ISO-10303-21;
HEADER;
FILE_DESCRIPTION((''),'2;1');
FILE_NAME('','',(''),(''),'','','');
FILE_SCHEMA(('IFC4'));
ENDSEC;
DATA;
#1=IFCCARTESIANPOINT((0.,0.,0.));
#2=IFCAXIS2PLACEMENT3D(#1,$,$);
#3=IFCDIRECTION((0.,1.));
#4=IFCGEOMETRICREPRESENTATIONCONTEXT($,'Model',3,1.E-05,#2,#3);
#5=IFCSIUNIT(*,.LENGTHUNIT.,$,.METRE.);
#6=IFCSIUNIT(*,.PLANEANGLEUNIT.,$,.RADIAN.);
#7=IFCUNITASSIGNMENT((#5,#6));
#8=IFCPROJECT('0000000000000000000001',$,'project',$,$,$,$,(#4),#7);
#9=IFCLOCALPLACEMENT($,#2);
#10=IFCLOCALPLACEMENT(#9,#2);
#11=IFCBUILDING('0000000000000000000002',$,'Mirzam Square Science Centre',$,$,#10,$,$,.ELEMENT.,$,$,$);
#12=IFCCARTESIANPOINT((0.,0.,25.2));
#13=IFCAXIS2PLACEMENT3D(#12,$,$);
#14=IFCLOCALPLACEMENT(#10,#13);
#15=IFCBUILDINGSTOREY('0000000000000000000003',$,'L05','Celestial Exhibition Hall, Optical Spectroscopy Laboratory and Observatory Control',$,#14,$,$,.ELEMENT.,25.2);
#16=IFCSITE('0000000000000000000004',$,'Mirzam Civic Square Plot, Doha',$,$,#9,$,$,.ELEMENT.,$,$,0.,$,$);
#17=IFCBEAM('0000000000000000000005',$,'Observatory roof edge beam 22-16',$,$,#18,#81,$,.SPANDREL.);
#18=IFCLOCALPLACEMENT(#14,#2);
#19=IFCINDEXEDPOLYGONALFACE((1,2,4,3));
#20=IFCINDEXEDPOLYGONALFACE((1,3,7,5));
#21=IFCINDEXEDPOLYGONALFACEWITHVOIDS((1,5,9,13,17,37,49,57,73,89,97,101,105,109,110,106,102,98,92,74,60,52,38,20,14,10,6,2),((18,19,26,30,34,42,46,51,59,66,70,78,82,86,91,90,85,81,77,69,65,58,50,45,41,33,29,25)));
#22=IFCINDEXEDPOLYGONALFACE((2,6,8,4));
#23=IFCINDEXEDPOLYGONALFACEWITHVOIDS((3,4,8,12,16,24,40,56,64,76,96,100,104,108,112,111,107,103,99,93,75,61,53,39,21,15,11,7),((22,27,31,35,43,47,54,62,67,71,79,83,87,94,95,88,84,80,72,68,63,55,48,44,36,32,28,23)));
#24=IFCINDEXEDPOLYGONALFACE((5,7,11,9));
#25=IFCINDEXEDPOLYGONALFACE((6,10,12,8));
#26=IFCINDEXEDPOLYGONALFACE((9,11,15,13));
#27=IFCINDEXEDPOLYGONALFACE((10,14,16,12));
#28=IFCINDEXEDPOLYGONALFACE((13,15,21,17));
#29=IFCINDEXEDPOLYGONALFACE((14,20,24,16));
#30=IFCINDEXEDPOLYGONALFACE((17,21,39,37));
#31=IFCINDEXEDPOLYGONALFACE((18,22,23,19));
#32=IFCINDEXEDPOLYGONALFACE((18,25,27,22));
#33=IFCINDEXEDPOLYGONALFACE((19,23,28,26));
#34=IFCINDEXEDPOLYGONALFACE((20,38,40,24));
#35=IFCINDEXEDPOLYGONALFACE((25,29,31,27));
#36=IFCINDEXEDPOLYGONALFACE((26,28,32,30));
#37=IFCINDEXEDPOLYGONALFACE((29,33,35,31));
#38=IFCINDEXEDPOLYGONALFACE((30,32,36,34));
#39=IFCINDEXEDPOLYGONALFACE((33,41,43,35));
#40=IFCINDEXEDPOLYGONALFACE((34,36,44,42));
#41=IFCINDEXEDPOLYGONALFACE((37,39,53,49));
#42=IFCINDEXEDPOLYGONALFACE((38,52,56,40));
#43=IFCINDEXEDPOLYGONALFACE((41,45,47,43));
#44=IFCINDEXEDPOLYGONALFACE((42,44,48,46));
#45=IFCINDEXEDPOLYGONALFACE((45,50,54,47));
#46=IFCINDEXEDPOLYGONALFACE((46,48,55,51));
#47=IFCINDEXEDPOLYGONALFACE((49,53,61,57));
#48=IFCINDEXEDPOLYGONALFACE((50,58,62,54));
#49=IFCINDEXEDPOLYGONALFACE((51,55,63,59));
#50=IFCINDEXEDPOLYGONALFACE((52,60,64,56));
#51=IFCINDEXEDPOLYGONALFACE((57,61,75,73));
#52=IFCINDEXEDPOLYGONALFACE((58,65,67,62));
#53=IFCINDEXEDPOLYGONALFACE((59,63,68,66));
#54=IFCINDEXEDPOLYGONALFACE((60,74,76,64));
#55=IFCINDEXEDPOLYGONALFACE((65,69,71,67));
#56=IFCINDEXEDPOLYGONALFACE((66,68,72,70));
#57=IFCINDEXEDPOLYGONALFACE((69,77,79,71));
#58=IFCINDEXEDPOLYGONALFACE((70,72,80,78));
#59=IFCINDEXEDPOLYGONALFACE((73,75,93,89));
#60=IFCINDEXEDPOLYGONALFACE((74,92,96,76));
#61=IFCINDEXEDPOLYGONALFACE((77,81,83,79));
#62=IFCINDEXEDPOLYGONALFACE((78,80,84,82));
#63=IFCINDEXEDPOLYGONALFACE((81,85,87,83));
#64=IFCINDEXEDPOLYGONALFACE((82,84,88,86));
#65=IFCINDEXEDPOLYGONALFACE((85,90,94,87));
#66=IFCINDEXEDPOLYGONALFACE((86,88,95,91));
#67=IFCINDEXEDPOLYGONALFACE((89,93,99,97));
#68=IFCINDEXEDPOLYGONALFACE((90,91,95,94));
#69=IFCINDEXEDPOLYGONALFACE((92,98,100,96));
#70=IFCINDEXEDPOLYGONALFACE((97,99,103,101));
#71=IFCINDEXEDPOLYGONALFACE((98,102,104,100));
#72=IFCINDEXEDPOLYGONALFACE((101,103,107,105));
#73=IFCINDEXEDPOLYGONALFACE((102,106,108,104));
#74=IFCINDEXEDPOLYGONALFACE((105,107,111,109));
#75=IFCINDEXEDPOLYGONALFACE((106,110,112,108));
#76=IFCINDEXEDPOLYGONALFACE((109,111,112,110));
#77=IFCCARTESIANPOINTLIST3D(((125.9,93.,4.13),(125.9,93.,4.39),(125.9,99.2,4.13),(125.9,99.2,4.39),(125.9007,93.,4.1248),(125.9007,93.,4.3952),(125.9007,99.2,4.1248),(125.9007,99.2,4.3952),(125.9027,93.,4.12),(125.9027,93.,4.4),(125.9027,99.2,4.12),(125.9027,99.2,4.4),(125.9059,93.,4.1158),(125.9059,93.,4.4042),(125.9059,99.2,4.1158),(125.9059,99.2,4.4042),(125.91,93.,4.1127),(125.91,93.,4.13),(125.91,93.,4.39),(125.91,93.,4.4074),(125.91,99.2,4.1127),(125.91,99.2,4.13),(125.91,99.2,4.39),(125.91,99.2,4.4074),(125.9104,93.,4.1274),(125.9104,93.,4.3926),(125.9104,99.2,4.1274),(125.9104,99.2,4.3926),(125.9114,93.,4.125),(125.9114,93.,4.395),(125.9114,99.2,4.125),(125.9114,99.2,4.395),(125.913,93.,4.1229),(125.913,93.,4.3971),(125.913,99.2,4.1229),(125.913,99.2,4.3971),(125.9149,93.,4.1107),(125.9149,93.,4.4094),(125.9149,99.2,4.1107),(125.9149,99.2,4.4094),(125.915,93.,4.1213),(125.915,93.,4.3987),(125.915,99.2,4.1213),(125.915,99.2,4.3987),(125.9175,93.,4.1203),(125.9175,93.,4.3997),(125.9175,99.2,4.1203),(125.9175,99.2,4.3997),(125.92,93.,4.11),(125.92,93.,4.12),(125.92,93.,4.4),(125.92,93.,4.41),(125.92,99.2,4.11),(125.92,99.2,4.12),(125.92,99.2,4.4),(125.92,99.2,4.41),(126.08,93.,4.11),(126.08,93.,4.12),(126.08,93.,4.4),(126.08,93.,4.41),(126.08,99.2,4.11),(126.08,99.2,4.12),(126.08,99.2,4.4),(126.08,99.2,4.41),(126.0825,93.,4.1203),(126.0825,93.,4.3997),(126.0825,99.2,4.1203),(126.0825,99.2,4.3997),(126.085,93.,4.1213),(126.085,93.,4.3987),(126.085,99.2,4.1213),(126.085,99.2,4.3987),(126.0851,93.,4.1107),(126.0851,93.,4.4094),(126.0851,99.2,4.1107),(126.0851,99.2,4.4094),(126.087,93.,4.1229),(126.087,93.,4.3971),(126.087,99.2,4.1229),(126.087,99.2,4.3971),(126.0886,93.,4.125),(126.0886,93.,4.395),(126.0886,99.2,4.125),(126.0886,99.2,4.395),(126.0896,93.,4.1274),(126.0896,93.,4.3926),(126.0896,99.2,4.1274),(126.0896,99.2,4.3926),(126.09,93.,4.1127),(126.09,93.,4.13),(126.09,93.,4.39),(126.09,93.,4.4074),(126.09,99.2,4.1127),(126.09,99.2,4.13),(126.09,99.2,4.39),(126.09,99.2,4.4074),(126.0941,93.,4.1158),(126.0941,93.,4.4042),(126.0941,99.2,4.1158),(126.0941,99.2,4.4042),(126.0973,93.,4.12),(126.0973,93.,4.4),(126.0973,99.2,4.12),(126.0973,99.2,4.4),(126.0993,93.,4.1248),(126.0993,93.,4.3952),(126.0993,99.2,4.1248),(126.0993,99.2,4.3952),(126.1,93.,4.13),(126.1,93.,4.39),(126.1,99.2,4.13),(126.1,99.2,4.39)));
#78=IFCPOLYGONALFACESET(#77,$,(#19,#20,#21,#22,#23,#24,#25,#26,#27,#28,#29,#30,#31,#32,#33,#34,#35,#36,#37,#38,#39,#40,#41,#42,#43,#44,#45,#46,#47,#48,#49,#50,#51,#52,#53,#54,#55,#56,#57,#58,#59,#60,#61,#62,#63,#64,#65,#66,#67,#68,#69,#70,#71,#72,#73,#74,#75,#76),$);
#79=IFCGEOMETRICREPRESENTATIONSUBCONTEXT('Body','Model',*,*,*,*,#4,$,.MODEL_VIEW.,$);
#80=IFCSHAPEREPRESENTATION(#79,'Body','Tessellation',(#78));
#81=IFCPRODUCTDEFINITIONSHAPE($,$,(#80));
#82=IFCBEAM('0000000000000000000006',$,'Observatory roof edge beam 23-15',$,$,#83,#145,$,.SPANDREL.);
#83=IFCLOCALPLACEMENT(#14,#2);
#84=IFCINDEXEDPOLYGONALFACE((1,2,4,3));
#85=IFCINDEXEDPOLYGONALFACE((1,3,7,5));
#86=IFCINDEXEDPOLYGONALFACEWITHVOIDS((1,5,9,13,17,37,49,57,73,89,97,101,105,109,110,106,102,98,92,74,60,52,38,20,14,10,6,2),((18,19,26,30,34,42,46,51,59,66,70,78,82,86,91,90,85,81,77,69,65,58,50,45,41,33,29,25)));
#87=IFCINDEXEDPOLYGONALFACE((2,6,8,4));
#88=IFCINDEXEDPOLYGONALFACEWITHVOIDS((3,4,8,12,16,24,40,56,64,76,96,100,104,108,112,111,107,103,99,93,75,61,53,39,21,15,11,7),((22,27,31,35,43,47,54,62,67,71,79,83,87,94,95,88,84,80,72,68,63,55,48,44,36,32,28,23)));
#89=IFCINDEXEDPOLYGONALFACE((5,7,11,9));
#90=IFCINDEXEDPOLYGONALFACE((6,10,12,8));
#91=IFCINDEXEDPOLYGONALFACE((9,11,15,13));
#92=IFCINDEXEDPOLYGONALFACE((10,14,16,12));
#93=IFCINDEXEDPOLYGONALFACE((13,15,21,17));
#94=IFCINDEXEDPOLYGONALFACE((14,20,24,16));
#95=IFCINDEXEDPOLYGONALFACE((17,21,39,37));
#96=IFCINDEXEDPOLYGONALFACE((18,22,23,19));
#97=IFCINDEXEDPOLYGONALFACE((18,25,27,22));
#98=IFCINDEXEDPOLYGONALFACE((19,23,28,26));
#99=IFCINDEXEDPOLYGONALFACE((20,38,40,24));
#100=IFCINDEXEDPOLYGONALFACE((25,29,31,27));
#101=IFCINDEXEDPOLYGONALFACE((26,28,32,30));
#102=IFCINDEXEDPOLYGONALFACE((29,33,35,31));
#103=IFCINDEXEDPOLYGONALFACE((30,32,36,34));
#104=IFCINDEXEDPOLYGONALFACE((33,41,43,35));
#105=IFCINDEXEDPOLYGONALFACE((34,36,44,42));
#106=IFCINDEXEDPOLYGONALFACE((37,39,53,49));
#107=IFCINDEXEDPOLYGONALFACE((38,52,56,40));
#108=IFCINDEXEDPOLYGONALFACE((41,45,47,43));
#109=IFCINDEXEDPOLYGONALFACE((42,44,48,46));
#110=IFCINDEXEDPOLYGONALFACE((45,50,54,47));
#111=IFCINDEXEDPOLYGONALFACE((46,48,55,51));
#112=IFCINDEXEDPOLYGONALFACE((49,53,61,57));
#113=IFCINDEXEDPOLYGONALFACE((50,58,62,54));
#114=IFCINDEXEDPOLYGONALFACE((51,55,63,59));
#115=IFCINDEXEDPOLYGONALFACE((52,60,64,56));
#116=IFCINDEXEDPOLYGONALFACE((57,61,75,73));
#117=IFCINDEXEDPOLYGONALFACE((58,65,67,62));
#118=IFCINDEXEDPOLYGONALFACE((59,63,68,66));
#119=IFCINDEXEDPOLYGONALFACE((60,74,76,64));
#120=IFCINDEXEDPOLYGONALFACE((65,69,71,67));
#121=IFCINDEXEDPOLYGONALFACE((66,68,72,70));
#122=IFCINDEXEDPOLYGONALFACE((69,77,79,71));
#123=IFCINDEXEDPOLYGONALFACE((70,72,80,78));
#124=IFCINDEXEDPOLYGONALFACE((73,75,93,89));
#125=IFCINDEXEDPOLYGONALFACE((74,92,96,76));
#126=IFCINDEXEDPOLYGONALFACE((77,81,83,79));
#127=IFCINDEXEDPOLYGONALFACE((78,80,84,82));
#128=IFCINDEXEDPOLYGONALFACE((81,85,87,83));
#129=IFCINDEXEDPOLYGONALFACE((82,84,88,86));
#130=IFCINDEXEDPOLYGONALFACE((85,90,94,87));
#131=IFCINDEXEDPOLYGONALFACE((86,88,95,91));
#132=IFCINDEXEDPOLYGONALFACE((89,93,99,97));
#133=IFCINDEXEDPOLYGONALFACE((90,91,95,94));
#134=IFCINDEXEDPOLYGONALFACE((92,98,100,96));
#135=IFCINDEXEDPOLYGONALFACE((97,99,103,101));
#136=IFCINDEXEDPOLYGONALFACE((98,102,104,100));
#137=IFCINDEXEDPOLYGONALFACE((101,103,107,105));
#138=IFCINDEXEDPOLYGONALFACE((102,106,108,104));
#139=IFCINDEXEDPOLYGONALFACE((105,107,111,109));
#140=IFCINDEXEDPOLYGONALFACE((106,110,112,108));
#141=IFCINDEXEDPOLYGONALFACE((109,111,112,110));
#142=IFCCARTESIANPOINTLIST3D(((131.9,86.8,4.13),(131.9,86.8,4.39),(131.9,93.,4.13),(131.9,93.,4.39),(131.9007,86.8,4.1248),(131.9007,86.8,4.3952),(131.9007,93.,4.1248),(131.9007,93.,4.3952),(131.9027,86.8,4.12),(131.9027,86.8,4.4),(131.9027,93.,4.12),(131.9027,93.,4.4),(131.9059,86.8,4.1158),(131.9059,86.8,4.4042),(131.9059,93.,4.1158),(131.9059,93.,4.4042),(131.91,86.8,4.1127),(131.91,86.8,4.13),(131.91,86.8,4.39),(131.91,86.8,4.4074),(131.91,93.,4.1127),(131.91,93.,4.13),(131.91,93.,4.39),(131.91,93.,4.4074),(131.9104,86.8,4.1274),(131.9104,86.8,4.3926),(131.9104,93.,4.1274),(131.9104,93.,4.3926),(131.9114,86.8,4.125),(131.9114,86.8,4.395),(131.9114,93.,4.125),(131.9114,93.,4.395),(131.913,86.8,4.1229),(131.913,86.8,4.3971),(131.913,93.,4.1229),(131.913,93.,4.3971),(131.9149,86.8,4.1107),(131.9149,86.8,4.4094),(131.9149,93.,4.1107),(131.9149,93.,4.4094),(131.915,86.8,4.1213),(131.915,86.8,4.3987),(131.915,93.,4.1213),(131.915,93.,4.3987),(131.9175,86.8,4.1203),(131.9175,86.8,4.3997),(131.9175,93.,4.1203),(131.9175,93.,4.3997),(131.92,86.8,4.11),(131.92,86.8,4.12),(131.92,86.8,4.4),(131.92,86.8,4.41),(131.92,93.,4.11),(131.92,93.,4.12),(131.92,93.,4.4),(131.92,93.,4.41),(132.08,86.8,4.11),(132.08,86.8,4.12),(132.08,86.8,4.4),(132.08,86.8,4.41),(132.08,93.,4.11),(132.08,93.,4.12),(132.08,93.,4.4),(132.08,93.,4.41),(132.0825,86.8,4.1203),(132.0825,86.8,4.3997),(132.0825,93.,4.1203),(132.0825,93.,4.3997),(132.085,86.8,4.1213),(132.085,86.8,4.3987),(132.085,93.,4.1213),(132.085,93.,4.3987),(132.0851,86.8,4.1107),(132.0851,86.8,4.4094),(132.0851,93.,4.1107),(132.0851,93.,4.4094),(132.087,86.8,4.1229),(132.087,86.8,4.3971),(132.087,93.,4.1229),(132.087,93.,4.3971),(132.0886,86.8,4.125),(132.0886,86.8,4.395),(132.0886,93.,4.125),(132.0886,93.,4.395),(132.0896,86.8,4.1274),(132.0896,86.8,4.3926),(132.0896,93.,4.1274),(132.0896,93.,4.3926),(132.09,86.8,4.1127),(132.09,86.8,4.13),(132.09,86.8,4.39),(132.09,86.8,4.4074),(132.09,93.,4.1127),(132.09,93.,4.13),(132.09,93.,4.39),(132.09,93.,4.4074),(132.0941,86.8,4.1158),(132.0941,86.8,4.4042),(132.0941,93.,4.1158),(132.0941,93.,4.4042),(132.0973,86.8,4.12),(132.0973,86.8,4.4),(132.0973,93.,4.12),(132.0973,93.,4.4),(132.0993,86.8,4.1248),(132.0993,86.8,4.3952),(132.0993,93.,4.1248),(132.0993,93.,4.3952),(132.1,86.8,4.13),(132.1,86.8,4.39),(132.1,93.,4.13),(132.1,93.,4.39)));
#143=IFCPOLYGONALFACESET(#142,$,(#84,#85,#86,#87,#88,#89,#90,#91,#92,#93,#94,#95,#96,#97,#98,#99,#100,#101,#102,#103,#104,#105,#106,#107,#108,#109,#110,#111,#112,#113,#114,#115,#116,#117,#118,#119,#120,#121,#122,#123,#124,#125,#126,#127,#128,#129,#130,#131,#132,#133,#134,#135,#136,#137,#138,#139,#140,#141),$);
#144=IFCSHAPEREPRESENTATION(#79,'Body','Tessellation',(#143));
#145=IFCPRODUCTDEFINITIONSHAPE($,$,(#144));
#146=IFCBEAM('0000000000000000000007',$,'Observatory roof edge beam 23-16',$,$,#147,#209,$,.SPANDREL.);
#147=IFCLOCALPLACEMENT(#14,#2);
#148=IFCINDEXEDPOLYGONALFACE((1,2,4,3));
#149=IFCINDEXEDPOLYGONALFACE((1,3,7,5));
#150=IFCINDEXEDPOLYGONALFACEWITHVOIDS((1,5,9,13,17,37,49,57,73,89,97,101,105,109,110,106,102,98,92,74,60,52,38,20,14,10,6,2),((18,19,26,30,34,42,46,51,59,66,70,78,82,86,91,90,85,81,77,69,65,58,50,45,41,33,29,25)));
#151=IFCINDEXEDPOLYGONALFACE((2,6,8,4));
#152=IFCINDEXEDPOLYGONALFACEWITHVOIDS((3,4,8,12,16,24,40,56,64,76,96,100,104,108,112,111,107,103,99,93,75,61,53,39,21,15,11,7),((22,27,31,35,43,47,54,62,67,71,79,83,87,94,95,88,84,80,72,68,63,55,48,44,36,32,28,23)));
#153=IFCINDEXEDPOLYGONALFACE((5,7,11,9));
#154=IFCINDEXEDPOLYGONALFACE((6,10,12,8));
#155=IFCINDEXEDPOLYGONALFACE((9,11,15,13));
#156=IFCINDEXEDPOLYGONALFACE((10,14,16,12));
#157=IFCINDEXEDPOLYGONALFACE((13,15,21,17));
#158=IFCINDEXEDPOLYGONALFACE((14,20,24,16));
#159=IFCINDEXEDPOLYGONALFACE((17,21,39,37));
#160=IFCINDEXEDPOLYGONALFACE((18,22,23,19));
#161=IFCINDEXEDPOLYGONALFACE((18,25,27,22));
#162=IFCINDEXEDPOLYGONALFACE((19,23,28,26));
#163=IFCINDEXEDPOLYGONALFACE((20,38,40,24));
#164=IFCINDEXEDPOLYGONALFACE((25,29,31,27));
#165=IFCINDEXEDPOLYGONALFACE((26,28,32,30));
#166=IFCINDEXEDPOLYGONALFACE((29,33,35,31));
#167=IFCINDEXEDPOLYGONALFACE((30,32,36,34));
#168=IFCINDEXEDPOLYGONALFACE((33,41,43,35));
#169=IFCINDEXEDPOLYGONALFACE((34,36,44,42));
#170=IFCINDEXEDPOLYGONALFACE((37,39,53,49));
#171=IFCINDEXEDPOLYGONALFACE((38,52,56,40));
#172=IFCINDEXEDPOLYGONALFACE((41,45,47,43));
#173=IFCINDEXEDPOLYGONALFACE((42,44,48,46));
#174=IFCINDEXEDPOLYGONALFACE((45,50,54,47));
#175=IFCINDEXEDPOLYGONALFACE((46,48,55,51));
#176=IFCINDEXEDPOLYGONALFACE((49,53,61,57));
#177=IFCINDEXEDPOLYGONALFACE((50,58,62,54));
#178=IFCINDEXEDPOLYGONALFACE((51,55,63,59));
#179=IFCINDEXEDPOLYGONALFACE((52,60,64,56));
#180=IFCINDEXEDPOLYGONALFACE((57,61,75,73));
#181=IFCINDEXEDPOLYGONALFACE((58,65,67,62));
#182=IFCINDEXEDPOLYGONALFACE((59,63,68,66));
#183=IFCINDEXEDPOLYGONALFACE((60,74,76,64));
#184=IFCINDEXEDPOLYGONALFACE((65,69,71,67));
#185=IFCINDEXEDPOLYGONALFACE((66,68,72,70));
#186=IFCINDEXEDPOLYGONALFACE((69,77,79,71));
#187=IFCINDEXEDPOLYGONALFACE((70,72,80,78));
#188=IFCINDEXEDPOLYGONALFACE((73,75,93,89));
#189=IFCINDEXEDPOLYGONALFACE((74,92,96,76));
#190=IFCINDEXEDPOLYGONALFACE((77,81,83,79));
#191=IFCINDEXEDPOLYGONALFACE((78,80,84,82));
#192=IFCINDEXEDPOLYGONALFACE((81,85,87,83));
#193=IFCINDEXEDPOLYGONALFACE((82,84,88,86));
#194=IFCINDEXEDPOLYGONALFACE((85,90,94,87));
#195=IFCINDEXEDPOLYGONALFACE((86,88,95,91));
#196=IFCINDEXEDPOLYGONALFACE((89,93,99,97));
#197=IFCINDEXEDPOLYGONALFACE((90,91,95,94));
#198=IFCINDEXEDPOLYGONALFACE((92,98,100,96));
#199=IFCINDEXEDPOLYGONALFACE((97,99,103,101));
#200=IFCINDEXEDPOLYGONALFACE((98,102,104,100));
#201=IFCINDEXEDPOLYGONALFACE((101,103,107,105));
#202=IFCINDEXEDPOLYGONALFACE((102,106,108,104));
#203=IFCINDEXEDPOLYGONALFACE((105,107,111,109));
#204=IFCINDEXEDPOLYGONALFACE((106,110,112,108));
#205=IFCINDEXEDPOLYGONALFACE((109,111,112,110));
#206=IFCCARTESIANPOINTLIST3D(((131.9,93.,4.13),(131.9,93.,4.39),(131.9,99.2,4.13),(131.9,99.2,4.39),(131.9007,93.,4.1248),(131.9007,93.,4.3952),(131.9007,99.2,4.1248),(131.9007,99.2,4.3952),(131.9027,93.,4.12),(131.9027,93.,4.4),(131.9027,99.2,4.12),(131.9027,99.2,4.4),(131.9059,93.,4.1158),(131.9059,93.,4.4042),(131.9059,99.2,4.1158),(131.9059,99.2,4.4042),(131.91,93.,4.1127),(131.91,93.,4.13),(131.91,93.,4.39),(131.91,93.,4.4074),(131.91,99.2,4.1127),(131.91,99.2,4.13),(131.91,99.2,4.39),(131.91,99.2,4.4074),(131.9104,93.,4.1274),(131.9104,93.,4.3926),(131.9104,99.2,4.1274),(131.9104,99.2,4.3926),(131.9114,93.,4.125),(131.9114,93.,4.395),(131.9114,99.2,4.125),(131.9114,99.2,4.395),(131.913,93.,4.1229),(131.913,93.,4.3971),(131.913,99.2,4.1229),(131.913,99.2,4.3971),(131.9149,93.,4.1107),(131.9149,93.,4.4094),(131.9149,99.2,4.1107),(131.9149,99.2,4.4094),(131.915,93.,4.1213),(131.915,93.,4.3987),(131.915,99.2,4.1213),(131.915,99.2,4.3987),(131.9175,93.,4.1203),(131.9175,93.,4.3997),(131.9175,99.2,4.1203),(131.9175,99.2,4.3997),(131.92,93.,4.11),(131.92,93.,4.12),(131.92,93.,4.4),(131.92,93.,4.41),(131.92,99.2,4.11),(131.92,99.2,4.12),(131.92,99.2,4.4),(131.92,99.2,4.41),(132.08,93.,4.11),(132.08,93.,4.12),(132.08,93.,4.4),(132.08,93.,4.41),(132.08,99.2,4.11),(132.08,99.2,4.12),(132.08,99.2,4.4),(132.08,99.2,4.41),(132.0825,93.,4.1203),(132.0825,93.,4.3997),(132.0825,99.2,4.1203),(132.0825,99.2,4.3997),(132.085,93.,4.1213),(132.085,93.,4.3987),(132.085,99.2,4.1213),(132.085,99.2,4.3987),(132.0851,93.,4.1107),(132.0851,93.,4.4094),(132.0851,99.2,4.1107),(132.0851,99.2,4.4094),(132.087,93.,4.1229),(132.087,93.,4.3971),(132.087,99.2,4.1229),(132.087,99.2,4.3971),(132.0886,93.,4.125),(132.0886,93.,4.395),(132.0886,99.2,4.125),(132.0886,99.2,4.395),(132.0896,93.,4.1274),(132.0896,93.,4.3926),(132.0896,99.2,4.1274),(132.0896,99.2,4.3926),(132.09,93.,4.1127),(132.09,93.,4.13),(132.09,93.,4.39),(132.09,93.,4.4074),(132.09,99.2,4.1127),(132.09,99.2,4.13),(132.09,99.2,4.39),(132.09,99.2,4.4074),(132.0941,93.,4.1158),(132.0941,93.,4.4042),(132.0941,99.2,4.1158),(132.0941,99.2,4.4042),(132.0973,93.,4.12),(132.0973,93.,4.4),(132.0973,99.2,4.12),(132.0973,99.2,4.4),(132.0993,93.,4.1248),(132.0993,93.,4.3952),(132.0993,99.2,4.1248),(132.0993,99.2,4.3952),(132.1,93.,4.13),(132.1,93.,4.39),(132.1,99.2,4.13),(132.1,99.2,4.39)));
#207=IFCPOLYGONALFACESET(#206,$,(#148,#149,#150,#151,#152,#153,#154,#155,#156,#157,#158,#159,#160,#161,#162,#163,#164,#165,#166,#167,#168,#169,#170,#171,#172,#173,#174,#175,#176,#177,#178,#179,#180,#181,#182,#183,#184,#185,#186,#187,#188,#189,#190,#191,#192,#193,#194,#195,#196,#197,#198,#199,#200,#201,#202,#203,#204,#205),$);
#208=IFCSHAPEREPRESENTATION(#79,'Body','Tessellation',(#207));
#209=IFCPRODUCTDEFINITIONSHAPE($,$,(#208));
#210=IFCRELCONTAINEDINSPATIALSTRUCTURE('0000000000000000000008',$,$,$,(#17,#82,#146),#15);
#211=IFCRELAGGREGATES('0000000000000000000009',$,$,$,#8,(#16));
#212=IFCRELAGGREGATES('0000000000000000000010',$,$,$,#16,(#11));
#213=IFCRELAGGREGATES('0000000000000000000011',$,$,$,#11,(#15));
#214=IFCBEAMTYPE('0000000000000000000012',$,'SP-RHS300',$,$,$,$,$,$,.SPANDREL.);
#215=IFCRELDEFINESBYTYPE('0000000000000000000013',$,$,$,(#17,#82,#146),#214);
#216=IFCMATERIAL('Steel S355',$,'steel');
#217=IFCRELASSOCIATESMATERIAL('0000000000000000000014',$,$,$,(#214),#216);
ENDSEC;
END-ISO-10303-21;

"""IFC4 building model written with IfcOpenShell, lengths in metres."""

from ifc_helpers import new_model, si_unit, direction, frame, origin, origin_2d, place, context, subcontext, project, spatial, hollow_rectangle, extrude, material, material_profile, profile_set, type_object, element, save


model = new_model("IFC4")

# Units and contexts
model_context = context("Model", 3, precision=1e-05, world=origin(), true_north=direction((0.0, 1.0)))
body_context = subcontext(model_context, "Body", "Model", "MODEL_VIEW")
ifc_project = project(units=[si_unit("LENGTHUNIT", "METRE"), si_unit("PLANEANGLEUNIT", "RADIAN")], contexts=[model_context])

# Site, building, storey
site_placement = place(None, origin())
site = spatial("IfcSite", under=ifc_project, at=site_placement, Name="Mirzam Civic Square Plot, Doha", CompositionType="ELEMENT", RefElevation=0.0)
building_placement = place(site_placement, origin())
building = spatial("IfcBuilding", under=site, at=building_placement, Name="Mirzam Square Science Centre", CompositionType="ELEMENT")
storey_placement = place(building_placement, frame((0.0, 0.0, 25.2)))
storey = spatial("IfcBuildingStorey", under=building, at=storey_placement, Name="L05", Description="Celestial Exhibition Hall, Optical Spectroscopy Laboratory and Observatory Control", CompositionType="ELEMENT", Elevation=25.2)

# Shared definitions
ifc_material_1 = material(Name="Steel S355", Category="steel")

# Beams
ifc_material_profile_1 = material_profile(ifc_material_1, hollow_rectangle(XDim=0.2, YDim=0.3, WallThickness=0.01, InnerFilletRadius=0.01, OuterFilletRadius=0.02, at=origin_2d()), Name="300x200x10.0RHS")
ifc_profile_set_1 = profile_set([ifc_material_profile_1], Name="Steel S355")
beam_type_1 = type_object("IfcBeamType", Name="SP-RHS300", PredefinedType="SPANDREL", material=ifc_profile_set_1)
for number, where, z_axis, x_axis, name in (
    (1, (126.0, 93.0, 4.26), (0.0, 1.0, 0.0), (-1.0, 0.0, 0.0), "Observatory roof edge beam 22-16"),
    (2, (132.0, 86.8, 4.26), (0.0, 1.0, 0.0), (-1.0, 0.0, 0.0), "Observatory roof edge beam 23-15"),
    (3, (132.0, 93.0, 4.26), (0.0, 1.0, 0.0), (-1.0, 0.0, 0.0), "Observatory roof edge beam 23-16"),
):
    element("IfcBeam", number, at=place(storey_placement, frame(where, z_axis=z_axis, x_axis=x_axis)), inside=storey, type_object=beam_type_1, Name=name, PredefinedType="SPANDREL", context=body_context, shape_type="SweptSolid", body=[
        extrude(hollow_rectangle(XDim=0.2, YDim=0.3, WallThickness=0.01, InnerFilletRadius=0.01, OuterFilletRadius=0.02, at=origin_2d()), origin(), (0.0, 0.0, 1.0), 6.2),
    ])

save(model, "model.ifc")
